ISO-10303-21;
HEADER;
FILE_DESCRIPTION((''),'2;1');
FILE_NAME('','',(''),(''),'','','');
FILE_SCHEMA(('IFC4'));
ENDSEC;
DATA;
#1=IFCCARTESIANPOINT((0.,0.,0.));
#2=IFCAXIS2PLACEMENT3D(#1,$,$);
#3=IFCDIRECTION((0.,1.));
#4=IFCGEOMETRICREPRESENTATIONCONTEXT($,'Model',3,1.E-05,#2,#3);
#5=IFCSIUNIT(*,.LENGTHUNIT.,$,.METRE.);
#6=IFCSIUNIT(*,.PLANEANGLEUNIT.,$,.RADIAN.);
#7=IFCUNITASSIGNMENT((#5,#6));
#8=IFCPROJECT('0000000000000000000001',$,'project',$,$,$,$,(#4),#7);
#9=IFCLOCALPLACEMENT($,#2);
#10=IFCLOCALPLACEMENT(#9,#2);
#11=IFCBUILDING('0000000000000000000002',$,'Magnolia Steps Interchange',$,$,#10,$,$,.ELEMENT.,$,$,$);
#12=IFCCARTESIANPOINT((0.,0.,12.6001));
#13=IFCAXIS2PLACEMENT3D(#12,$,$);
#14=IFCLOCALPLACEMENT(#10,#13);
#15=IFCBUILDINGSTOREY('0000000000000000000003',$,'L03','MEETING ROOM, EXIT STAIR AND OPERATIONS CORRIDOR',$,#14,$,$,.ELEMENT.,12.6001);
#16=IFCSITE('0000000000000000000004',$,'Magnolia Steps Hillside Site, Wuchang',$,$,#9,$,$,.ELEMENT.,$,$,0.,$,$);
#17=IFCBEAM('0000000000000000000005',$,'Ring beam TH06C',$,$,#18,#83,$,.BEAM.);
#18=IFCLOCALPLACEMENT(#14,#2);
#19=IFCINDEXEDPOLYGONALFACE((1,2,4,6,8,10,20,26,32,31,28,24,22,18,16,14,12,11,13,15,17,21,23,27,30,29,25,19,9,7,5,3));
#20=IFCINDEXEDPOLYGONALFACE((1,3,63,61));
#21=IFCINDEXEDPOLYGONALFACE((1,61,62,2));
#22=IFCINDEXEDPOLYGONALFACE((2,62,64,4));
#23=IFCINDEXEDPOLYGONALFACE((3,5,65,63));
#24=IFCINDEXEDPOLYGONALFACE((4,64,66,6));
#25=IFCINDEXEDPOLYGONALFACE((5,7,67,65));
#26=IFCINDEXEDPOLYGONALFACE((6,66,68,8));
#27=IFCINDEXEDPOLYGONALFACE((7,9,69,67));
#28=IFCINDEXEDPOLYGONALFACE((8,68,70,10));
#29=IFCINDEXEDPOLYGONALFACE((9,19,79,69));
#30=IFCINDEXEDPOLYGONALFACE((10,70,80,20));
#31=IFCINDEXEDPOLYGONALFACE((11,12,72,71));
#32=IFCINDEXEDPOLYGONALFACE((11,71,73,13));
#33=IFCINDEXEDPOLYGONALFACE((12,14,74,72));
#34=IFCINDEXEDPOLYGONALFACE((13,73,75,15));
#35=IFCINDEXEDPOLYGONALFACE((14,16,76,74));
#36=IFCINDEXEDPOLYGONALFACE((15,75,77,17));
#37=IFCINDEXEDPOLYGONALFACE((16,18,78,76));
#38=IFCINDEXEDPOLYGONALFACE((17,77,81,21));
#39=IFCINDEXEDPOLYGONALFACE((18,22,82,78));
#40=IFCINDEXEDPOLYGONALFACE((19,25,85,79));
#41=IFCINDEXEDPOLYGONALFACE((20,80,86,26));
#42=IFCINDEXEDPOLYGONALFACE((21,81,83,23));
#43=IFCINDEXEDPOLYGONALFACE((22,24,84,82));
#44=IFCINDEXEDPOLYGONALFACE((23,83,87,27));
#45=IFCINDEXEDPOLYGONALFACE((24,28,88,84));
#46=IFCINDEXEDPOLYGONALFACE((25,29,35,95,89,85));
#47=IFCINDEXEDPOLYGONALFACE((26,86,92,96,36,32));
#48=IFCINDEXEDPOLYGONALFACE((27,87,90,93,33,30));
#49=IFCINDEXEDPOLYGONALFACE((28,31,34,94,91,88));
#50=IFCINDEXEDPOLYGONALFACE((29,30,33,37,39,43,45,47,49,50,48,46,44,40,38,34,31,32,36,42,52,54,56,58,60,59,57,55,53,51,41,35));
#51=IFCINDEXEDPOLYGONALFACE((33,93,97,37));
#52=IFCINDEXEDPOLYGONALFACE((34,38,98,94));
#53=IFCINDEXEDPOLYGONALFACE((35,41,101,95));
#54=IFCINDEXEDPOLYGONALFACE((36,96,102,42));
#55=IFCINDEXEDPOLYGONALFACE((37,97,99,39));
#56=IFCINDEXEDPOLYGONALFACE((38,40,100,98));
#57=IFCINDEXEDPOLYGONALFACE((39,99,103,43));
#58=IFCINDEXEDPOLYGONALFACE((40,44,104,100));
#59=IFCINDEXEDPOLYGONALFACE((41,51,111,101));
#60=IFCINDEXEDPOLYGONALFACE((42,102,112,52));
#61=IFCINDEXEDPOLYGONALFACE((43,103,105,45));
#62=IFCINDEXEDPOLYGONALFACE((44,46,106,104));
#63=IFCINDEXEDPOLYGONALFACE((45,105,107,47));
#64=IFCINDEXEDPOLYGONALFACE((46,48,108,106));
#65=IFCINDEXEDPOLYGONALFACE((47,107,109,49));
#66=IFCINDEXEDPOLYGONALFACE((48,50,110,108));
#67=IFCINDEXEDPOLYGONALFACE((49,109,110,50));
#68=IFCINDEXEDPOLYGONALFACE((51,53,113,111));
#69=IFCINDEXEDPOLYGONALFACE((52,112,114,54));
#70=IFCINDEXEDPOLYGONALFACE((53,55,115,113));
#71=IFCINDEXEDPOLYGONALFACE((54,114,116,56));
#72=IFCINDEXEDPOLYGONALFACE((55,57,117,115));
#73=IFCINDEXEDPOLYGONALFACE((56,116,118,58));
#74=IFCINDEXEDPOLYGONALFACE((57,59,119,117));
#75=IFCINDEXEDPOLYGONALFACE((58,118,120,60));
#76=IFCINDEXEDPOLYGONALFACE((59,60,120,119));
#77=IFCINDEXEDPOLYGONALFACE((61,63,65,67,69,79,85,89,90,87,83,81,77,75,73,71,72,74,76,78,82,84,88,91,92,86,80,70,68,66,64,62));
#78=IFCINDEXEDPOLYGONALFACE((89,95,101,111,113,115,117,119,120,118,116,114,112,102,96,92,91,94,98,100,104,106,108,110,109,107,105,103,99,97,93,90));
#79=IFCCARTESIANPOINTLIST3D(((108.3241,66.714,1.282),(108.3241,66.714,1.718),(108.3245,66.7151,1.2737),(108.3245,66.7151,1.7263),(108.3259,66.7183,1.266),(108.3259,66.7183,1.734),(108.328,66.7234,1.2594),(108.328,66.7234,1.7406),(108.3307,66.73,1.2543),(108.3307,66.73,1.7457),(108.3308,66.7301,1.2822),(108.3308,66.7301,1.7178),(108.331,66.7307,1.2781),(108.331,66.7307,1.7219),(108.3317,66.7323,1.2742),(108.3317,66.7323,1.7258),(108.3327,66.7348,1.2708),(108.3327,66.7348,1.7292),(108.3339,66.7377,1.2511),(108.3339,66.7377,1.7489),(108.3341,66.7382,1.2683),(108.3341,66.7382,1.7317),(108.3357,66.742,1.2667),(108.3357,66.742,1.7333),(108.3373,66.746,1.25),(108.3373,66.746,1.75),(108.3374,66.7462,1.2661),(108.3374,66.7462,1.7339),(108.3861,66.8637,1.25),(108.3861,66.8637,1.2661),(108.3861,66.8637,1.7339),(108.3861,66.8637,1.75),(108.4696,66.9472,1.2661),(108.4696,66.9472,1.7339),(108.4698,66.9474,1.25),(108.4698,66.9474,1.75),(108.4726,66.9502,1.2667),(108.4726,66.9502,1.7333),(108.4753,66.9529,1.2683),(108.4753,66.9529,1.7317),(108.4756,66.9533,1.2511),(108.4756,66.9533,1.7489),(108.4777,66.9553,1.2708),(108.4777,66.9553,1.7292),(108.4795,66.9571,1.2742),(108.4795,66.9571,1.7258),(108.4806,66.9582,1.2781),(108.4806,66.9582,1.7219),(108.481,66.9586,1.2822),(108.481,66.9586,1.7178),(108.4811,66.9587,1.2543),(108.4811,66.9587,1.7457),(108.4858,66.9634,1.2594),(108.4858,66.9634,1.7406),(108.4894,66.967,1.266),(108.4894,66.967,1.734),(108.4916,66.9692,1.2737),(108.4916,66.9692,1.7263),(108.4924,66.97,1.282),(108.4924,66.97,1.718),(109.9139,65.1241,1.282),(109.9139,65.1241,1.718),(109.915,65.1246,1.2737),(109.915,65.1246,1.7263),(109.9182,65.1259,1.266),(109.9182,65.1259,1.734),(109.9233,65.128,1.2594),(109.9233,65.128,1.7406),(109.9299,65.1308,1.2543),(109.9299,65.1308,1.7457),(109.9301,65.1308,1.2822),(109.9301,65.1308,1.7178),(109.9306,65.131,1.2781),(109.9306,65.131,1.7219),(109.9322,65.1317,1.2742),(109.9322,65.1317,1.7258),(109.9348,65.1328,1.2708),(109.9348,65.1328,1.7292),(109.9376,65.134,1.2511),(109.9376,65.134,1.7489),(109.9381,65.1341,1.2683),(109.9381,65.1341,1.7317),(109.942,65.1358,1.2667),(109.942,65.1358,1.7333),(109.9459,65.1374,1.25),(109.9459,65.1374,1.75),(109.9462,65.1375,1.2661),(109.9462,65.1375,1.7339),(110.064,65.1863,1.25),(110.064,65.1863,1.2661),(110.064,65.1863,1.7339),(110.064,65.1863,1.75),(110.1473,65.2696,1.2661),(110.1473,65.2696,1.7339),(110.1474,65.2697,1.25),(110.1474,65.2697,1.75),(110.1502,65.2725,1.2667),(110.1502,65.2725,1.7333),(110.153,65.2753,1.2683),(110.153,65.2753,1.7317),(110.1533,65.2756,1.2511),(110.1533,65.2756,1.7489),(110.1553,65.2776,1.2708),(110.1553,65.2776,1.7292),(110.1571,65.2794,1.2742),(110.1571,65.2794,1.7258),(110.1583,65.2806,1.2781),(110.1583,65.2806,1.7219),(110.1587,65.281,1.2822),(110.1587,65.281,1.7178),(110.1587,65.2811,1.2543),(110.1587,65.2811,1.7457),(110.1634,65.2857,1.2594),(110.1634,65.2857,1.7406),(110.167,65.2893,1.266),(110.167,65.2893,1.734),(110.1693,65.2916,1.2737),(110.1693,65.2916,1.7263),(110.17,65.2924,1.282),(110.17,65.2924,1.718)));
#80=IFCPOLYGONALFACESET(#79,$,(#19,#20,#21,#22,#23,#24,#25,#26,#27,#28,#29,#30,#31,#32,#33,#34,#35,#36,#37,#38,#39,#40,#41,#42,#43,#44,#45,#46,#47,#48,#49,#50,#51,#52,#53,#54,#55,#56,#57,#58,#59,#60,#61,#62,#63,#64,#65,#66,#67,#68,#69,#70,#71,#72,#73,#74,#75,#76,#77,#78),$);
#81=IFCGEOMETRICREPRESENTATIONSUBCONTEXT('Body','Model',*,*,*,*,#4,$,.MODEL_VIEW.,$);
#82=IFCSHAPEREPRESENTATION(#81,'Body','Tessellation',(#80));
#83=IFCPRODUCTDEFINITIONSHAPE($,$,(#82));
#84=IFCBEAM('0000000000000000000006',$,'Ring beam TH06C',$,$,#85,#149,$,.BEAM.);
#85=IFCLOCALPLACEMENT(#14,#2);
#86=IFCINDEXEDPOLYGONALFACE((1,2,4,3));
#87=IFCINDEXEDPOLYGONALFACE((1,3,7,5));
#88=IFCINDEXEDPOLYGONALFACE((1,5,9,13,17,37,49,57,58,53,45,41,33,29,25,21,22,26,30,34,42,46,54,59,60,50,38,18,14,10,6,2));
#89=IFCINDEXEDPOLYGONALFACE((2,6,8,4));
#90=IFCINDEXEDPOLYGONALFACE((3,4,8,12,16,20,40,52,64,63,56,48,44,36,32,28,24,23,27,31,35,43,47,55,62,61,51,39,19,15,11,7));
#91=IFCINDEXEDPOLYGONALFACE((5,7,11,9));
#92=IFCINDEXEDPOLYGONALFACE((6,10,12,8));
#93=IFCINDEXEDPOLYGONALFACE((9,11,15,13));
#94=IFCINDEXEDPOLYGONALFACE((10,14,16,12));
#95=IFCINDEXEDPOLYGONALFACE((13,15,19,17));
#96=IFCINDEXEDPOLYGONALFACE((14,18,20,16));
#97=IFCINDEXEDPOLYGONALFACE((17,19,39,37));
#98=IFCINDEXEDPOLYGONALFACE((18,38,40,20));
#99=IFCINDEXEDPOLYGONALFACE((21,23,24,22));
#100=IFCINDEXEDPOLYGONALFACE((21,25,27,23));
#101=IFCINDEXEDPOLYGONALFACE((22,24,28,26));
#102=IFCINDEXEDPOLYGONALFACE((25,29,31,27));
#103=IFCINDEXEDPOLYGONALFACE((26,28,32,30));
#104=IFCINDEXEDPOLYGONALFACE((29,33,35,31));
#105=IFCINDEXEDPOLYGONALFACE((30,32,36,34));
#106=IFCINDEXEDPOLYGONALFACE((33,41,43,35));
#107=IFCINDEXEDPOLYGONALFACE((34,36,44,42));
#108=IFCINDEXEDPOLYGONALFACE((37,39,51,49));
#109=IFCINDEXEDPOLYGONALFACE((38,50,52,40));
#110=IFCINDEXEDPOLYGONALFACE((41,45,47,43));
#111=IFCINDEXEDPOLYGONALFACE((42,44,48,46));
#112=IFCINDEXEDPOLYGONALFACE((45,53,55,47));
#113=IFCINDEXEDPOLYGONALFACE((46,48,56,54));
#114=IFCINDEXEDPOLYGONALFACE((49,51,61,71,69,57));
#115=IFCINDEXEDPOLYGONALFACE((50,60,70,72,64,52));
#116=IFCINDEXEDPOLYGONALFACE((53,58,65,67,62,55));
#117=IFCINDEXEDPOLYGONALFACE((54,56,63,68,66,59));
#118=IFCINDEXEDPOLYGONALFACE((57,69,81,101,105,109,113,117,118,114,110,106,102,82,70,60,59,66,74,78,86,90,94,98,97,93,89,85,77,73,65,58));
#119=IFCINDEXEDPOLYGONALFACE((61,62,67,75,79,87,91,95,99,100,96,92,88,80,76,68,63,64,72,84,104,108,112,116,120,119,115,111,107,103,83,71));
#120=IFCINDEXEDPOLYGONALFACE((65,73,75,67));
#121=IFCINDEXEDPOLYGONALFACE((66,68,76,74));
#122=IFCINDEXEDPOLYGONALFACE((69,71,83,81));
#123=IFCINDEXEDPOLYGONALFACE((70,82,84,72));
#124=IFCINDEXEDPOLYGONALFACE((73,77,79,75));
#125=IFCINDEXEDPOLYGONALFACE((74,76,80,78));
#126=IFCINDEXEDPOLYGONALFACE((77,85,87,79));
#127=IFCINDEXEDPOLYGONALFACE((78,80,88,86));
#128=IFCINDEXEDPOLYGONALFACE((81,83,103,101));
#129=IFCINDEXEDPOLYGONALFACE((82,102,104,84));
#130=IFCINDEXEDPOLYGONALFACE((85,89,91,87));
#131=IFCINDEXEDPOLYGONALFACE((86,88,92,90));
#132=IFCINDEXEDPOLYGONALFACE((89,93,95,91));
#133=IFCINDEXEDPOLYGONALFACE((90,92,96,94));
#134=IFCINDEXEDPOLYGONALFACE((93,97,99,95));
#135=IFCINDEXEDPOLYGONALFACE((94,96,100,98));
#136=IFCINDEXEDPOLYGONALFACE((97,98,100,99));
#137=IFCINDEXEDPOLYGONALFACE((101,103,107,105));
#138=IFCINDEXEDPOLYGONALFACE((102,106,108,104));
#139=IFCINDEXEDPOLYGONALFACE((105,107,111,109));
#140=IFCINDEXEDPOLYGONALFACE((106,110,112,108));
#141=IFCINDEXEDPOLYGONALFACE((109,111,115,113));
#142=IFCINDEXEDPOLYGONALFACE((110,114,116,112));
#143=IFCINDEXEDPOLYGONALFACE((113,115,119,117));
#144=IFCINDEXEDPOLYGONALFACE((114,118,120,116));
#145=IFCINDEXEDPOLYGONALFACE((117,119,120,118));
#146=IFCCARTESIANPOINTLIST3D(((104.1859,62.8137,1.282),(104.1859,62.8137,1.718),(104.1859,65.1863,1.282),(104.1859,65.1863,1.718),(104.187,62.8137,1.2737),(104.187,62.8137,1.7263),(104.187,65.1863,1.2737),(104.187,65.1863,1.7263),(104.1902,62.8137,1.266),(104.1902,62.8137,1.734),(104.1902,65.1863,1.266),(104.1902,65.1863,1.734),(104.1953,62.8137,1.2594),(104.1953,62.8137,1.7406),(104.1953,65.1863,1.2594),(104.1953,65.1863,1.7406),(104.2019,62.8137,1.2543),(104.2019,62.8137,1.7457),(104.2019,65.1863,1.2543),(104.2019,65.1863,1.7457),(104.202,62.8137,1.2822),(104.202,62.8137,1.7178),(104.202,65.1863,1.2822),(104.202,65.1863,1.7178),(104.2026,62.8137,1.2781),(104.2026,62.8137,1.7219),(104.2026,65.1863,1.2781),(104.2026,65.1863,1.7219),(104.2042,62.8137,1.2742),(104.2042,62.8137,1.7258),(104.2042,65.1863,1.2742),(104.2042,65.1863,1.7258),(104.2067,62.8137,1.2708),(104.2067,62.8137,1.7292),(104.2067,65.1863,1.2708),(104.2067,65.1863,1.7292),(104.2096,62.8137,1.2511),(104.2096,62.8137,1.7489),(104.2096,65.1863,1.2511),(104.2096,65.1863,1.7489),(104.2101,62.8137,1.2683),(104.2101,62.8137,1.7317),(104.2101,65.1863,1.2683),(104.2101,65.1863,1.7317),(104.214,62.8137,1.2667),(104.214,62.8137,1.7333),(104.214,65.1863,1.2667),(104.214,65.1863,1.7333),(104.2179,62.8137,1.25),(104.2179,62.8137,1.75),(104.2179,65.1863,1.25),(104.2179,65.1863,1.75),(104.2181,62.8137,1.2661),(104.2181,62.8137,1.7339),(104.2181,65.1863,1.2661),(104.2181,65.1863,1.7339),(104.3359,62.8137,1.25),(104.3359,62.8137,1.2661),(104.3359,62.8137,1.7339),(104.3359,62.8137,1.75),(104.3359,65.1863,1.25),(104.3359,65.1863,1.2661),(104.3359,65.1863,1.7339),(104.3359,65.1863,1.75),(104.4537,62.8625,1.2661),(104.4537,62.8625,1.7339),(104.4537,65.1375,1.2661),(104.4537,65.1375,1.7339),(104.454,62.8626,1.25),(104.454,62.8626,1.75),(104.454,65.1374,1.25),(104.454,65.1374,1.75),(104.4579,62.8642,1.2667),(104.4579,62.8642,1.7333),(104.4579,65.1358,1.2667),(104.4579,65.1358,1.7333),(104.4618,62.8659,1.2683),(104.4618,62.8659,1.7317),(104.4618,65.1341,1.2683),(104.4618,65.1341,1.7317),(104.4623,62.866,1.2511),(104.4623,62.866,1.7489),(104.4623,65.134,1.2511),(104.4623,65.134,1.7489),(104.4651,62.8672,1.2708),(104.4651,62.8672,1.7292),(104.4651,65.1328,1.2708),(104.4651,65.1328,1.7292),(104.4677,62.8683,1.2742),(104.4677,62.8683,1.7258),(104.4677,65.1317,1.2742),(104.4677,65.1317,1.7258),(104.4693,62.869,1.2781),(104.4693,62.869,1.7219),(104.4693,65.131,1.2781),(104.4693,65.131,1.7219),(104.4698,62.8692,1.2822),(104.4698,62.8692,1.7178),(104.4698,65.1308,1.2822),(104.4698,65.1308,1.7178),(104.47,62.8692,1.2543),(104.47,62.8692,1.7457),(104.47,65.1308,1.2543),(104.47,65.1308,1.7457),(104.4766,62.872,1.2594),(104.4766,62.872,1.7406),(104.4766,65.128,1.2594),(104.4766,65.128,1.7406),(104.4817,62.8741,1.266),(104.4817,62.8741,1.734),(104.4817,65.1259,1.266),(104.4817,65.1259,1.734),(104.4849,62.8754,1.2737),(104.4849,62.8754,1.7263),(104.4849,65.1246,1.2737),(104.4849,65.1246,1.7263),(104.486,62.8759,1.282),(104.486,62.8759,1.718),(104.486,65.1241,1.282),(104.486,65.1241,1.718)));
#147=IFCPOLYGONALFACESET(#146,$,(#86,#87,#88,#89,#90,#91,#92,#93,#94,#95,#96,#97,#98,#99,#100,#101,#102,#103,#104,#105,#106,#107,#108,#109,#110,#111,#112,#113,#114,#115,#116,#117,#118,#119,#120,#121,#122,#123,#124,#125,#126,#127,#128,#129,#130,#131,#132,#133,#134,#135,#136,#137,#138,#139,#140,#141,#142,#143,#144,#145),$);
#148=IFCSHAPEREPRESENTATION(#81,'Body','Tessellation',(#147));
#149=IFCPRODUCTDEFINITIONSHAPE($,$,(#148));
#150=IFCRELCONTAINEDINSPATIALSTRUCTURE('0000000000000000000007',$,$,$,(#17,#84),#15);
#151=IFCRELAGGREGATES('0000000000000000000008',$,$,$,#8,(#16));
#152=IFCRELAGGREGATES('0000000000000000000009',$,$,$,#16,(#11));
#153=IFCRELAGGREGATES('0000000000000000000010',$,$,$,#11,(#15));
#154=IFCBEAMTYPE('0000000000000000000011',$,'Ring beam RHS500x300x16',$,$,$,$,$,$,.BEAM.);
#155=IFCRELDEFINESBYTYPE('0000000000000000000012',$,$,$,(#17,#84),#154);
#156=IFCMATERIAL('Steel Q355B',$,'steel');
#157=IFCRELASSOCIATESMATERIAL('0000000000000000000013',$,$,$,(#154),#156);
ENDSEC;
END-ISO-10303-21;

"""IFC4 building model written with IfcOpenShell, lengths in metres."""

from ifc_helpers import new_model, si_unit, direction, frame, origin, origin_2d, place, context, subcontext, project, spatial, hollow_rectangle, extrude, clip, halfspace, material, material_profile, profile_set, type_object, element, save


model = new_model("IFC4")

# Units and contexts
model_context = context("Model", 3, precision=1e-05, world=origin(), true_north=direction((0.0, 1.0)))
body_context = subcontext(model_context, "Body", "Model", "MODEL_VIEW")
ifc_project = project(units=[si_unit("LENGTHUNIT", "METRE"), si_unit("PLANEANGLEUNIT", "RADIAN")], contexts=[model_context])

# Site, building, storey
site_placement = place(None, origin())
site = spatial("IfcSite", under=ifc_project, at=site_placement, Name="Magnolia Steps Hillside Site, Wuchang", CompositionType="ELEMENT", RefElevation=0.0)
building_placement = place(site_placement, origin())
building = spatial("IfcBuilding", under=site, at=building_placement, Name="Magnolia Steps Interchange", CompositionType="ELEMENT")
storey_placement = place(building_placement, frame((0.0, 0.0, 12.6001)))
storey = spatial("IfcBuildingStorey", under=building, at=storey_placement, Name="L03", Description="MEETING ROOM, EXIT STAIR AND OPERATIONS CORRIDOR", CompositionType="ELEMENT", Elevation=12.6001)

# Beams
ifc_material_1 = material(Name="Steel Q355B", Category="steel")
ifc_material_profile_1 = material_profile(ifc_material_1, hollow_rectangle(XDim=0.3, YDim=0.5, WallThickness=0.0161, InnerFilletRadius=0.0161, OuterFilletRadius=0.032, at=origin_2d()), Name="RHS500x300x16")
ifc_profile_set_1 = profile_set([ifc_material_profile_1], Name="Steel Q355B")
beam_type_1 = type_object("IfcBeamType", Name="Ring beam RHS500x300x16", PredefinedType="BEAM", material=ifc_profile_set_1)
beam_1_placement = place(storey_placement, frame((110.064, 65.1863, 1.5), z_axis=(-0.707107, 0.707107, 0.0), x_axis=(-0.707107, -0.707107, 0.0)))
element("IfcBeam", 1, at=beam_1_placement, inside=storey, type_object=beam_type_1, Name="Ring beam TH06C", PredefinedType="BEAM", context=body_context, shape_type="Clipping", body=[
    clip(clip(extrude(hollow_rectangle(XDim=0.3, YDim=0.5, WallThickness=0.0161, InnerFilletRadius=0.0161, OuterFilletRadius=0.032, at=origin_2d()), origin(), (0.0, 0.0, 1.0), 2.3726), halfspace(frame((0.0, 0.0, 0.0), z_axis=(0.382683, 0.0, -0.92388), x_axis=(0.92388, 0.0, 0.382683)), False)), halfspace(frame((0.0, 0.0, 2.3727), z_axis=(0.382683, 0.0, 0.92388), x_axis=(0.92388, 0.0, -0.382683)), False)),
])
beam_2_placement = place(storey_placement, frame((104.3359, 65.1863, 1.5), z_axis=(0.0, -1.0, 0.0), x_axis=(1.0, 0.0, 0.0)))
element("IfcBeam", 2, at=beam_2_placement, inside=storey, type_object=beam_type_1, Name="Ring beam TH06C", PredefinedType="BEAM", context=body_context, shape_type="Clipping", body=[
    clip(clip(extrude(hollow_rectangle(XDim=0.3, YDim=0.5, WallThickness=0.0161, InnerFilletRadius=0.0161, OuterFilletRadius=0.032, at=origin_2d()), origin(), (0.0, 0.0, 1.0), 2.3726), halfspace(frame((0.0, 0.0, 0.0), z_axis=(0.382683, 0.0, -0.92388), x_axis=(0.92388, 0.0, 0.382683)), False)), halfspace(frame((0.0, 0.0, 2.3726), z_axis=(0.382683, 0.0, 0.92388), x_axis=(0.92388, 0.0, -0.382683)), False)),
])

save(model, "model.ifc")
